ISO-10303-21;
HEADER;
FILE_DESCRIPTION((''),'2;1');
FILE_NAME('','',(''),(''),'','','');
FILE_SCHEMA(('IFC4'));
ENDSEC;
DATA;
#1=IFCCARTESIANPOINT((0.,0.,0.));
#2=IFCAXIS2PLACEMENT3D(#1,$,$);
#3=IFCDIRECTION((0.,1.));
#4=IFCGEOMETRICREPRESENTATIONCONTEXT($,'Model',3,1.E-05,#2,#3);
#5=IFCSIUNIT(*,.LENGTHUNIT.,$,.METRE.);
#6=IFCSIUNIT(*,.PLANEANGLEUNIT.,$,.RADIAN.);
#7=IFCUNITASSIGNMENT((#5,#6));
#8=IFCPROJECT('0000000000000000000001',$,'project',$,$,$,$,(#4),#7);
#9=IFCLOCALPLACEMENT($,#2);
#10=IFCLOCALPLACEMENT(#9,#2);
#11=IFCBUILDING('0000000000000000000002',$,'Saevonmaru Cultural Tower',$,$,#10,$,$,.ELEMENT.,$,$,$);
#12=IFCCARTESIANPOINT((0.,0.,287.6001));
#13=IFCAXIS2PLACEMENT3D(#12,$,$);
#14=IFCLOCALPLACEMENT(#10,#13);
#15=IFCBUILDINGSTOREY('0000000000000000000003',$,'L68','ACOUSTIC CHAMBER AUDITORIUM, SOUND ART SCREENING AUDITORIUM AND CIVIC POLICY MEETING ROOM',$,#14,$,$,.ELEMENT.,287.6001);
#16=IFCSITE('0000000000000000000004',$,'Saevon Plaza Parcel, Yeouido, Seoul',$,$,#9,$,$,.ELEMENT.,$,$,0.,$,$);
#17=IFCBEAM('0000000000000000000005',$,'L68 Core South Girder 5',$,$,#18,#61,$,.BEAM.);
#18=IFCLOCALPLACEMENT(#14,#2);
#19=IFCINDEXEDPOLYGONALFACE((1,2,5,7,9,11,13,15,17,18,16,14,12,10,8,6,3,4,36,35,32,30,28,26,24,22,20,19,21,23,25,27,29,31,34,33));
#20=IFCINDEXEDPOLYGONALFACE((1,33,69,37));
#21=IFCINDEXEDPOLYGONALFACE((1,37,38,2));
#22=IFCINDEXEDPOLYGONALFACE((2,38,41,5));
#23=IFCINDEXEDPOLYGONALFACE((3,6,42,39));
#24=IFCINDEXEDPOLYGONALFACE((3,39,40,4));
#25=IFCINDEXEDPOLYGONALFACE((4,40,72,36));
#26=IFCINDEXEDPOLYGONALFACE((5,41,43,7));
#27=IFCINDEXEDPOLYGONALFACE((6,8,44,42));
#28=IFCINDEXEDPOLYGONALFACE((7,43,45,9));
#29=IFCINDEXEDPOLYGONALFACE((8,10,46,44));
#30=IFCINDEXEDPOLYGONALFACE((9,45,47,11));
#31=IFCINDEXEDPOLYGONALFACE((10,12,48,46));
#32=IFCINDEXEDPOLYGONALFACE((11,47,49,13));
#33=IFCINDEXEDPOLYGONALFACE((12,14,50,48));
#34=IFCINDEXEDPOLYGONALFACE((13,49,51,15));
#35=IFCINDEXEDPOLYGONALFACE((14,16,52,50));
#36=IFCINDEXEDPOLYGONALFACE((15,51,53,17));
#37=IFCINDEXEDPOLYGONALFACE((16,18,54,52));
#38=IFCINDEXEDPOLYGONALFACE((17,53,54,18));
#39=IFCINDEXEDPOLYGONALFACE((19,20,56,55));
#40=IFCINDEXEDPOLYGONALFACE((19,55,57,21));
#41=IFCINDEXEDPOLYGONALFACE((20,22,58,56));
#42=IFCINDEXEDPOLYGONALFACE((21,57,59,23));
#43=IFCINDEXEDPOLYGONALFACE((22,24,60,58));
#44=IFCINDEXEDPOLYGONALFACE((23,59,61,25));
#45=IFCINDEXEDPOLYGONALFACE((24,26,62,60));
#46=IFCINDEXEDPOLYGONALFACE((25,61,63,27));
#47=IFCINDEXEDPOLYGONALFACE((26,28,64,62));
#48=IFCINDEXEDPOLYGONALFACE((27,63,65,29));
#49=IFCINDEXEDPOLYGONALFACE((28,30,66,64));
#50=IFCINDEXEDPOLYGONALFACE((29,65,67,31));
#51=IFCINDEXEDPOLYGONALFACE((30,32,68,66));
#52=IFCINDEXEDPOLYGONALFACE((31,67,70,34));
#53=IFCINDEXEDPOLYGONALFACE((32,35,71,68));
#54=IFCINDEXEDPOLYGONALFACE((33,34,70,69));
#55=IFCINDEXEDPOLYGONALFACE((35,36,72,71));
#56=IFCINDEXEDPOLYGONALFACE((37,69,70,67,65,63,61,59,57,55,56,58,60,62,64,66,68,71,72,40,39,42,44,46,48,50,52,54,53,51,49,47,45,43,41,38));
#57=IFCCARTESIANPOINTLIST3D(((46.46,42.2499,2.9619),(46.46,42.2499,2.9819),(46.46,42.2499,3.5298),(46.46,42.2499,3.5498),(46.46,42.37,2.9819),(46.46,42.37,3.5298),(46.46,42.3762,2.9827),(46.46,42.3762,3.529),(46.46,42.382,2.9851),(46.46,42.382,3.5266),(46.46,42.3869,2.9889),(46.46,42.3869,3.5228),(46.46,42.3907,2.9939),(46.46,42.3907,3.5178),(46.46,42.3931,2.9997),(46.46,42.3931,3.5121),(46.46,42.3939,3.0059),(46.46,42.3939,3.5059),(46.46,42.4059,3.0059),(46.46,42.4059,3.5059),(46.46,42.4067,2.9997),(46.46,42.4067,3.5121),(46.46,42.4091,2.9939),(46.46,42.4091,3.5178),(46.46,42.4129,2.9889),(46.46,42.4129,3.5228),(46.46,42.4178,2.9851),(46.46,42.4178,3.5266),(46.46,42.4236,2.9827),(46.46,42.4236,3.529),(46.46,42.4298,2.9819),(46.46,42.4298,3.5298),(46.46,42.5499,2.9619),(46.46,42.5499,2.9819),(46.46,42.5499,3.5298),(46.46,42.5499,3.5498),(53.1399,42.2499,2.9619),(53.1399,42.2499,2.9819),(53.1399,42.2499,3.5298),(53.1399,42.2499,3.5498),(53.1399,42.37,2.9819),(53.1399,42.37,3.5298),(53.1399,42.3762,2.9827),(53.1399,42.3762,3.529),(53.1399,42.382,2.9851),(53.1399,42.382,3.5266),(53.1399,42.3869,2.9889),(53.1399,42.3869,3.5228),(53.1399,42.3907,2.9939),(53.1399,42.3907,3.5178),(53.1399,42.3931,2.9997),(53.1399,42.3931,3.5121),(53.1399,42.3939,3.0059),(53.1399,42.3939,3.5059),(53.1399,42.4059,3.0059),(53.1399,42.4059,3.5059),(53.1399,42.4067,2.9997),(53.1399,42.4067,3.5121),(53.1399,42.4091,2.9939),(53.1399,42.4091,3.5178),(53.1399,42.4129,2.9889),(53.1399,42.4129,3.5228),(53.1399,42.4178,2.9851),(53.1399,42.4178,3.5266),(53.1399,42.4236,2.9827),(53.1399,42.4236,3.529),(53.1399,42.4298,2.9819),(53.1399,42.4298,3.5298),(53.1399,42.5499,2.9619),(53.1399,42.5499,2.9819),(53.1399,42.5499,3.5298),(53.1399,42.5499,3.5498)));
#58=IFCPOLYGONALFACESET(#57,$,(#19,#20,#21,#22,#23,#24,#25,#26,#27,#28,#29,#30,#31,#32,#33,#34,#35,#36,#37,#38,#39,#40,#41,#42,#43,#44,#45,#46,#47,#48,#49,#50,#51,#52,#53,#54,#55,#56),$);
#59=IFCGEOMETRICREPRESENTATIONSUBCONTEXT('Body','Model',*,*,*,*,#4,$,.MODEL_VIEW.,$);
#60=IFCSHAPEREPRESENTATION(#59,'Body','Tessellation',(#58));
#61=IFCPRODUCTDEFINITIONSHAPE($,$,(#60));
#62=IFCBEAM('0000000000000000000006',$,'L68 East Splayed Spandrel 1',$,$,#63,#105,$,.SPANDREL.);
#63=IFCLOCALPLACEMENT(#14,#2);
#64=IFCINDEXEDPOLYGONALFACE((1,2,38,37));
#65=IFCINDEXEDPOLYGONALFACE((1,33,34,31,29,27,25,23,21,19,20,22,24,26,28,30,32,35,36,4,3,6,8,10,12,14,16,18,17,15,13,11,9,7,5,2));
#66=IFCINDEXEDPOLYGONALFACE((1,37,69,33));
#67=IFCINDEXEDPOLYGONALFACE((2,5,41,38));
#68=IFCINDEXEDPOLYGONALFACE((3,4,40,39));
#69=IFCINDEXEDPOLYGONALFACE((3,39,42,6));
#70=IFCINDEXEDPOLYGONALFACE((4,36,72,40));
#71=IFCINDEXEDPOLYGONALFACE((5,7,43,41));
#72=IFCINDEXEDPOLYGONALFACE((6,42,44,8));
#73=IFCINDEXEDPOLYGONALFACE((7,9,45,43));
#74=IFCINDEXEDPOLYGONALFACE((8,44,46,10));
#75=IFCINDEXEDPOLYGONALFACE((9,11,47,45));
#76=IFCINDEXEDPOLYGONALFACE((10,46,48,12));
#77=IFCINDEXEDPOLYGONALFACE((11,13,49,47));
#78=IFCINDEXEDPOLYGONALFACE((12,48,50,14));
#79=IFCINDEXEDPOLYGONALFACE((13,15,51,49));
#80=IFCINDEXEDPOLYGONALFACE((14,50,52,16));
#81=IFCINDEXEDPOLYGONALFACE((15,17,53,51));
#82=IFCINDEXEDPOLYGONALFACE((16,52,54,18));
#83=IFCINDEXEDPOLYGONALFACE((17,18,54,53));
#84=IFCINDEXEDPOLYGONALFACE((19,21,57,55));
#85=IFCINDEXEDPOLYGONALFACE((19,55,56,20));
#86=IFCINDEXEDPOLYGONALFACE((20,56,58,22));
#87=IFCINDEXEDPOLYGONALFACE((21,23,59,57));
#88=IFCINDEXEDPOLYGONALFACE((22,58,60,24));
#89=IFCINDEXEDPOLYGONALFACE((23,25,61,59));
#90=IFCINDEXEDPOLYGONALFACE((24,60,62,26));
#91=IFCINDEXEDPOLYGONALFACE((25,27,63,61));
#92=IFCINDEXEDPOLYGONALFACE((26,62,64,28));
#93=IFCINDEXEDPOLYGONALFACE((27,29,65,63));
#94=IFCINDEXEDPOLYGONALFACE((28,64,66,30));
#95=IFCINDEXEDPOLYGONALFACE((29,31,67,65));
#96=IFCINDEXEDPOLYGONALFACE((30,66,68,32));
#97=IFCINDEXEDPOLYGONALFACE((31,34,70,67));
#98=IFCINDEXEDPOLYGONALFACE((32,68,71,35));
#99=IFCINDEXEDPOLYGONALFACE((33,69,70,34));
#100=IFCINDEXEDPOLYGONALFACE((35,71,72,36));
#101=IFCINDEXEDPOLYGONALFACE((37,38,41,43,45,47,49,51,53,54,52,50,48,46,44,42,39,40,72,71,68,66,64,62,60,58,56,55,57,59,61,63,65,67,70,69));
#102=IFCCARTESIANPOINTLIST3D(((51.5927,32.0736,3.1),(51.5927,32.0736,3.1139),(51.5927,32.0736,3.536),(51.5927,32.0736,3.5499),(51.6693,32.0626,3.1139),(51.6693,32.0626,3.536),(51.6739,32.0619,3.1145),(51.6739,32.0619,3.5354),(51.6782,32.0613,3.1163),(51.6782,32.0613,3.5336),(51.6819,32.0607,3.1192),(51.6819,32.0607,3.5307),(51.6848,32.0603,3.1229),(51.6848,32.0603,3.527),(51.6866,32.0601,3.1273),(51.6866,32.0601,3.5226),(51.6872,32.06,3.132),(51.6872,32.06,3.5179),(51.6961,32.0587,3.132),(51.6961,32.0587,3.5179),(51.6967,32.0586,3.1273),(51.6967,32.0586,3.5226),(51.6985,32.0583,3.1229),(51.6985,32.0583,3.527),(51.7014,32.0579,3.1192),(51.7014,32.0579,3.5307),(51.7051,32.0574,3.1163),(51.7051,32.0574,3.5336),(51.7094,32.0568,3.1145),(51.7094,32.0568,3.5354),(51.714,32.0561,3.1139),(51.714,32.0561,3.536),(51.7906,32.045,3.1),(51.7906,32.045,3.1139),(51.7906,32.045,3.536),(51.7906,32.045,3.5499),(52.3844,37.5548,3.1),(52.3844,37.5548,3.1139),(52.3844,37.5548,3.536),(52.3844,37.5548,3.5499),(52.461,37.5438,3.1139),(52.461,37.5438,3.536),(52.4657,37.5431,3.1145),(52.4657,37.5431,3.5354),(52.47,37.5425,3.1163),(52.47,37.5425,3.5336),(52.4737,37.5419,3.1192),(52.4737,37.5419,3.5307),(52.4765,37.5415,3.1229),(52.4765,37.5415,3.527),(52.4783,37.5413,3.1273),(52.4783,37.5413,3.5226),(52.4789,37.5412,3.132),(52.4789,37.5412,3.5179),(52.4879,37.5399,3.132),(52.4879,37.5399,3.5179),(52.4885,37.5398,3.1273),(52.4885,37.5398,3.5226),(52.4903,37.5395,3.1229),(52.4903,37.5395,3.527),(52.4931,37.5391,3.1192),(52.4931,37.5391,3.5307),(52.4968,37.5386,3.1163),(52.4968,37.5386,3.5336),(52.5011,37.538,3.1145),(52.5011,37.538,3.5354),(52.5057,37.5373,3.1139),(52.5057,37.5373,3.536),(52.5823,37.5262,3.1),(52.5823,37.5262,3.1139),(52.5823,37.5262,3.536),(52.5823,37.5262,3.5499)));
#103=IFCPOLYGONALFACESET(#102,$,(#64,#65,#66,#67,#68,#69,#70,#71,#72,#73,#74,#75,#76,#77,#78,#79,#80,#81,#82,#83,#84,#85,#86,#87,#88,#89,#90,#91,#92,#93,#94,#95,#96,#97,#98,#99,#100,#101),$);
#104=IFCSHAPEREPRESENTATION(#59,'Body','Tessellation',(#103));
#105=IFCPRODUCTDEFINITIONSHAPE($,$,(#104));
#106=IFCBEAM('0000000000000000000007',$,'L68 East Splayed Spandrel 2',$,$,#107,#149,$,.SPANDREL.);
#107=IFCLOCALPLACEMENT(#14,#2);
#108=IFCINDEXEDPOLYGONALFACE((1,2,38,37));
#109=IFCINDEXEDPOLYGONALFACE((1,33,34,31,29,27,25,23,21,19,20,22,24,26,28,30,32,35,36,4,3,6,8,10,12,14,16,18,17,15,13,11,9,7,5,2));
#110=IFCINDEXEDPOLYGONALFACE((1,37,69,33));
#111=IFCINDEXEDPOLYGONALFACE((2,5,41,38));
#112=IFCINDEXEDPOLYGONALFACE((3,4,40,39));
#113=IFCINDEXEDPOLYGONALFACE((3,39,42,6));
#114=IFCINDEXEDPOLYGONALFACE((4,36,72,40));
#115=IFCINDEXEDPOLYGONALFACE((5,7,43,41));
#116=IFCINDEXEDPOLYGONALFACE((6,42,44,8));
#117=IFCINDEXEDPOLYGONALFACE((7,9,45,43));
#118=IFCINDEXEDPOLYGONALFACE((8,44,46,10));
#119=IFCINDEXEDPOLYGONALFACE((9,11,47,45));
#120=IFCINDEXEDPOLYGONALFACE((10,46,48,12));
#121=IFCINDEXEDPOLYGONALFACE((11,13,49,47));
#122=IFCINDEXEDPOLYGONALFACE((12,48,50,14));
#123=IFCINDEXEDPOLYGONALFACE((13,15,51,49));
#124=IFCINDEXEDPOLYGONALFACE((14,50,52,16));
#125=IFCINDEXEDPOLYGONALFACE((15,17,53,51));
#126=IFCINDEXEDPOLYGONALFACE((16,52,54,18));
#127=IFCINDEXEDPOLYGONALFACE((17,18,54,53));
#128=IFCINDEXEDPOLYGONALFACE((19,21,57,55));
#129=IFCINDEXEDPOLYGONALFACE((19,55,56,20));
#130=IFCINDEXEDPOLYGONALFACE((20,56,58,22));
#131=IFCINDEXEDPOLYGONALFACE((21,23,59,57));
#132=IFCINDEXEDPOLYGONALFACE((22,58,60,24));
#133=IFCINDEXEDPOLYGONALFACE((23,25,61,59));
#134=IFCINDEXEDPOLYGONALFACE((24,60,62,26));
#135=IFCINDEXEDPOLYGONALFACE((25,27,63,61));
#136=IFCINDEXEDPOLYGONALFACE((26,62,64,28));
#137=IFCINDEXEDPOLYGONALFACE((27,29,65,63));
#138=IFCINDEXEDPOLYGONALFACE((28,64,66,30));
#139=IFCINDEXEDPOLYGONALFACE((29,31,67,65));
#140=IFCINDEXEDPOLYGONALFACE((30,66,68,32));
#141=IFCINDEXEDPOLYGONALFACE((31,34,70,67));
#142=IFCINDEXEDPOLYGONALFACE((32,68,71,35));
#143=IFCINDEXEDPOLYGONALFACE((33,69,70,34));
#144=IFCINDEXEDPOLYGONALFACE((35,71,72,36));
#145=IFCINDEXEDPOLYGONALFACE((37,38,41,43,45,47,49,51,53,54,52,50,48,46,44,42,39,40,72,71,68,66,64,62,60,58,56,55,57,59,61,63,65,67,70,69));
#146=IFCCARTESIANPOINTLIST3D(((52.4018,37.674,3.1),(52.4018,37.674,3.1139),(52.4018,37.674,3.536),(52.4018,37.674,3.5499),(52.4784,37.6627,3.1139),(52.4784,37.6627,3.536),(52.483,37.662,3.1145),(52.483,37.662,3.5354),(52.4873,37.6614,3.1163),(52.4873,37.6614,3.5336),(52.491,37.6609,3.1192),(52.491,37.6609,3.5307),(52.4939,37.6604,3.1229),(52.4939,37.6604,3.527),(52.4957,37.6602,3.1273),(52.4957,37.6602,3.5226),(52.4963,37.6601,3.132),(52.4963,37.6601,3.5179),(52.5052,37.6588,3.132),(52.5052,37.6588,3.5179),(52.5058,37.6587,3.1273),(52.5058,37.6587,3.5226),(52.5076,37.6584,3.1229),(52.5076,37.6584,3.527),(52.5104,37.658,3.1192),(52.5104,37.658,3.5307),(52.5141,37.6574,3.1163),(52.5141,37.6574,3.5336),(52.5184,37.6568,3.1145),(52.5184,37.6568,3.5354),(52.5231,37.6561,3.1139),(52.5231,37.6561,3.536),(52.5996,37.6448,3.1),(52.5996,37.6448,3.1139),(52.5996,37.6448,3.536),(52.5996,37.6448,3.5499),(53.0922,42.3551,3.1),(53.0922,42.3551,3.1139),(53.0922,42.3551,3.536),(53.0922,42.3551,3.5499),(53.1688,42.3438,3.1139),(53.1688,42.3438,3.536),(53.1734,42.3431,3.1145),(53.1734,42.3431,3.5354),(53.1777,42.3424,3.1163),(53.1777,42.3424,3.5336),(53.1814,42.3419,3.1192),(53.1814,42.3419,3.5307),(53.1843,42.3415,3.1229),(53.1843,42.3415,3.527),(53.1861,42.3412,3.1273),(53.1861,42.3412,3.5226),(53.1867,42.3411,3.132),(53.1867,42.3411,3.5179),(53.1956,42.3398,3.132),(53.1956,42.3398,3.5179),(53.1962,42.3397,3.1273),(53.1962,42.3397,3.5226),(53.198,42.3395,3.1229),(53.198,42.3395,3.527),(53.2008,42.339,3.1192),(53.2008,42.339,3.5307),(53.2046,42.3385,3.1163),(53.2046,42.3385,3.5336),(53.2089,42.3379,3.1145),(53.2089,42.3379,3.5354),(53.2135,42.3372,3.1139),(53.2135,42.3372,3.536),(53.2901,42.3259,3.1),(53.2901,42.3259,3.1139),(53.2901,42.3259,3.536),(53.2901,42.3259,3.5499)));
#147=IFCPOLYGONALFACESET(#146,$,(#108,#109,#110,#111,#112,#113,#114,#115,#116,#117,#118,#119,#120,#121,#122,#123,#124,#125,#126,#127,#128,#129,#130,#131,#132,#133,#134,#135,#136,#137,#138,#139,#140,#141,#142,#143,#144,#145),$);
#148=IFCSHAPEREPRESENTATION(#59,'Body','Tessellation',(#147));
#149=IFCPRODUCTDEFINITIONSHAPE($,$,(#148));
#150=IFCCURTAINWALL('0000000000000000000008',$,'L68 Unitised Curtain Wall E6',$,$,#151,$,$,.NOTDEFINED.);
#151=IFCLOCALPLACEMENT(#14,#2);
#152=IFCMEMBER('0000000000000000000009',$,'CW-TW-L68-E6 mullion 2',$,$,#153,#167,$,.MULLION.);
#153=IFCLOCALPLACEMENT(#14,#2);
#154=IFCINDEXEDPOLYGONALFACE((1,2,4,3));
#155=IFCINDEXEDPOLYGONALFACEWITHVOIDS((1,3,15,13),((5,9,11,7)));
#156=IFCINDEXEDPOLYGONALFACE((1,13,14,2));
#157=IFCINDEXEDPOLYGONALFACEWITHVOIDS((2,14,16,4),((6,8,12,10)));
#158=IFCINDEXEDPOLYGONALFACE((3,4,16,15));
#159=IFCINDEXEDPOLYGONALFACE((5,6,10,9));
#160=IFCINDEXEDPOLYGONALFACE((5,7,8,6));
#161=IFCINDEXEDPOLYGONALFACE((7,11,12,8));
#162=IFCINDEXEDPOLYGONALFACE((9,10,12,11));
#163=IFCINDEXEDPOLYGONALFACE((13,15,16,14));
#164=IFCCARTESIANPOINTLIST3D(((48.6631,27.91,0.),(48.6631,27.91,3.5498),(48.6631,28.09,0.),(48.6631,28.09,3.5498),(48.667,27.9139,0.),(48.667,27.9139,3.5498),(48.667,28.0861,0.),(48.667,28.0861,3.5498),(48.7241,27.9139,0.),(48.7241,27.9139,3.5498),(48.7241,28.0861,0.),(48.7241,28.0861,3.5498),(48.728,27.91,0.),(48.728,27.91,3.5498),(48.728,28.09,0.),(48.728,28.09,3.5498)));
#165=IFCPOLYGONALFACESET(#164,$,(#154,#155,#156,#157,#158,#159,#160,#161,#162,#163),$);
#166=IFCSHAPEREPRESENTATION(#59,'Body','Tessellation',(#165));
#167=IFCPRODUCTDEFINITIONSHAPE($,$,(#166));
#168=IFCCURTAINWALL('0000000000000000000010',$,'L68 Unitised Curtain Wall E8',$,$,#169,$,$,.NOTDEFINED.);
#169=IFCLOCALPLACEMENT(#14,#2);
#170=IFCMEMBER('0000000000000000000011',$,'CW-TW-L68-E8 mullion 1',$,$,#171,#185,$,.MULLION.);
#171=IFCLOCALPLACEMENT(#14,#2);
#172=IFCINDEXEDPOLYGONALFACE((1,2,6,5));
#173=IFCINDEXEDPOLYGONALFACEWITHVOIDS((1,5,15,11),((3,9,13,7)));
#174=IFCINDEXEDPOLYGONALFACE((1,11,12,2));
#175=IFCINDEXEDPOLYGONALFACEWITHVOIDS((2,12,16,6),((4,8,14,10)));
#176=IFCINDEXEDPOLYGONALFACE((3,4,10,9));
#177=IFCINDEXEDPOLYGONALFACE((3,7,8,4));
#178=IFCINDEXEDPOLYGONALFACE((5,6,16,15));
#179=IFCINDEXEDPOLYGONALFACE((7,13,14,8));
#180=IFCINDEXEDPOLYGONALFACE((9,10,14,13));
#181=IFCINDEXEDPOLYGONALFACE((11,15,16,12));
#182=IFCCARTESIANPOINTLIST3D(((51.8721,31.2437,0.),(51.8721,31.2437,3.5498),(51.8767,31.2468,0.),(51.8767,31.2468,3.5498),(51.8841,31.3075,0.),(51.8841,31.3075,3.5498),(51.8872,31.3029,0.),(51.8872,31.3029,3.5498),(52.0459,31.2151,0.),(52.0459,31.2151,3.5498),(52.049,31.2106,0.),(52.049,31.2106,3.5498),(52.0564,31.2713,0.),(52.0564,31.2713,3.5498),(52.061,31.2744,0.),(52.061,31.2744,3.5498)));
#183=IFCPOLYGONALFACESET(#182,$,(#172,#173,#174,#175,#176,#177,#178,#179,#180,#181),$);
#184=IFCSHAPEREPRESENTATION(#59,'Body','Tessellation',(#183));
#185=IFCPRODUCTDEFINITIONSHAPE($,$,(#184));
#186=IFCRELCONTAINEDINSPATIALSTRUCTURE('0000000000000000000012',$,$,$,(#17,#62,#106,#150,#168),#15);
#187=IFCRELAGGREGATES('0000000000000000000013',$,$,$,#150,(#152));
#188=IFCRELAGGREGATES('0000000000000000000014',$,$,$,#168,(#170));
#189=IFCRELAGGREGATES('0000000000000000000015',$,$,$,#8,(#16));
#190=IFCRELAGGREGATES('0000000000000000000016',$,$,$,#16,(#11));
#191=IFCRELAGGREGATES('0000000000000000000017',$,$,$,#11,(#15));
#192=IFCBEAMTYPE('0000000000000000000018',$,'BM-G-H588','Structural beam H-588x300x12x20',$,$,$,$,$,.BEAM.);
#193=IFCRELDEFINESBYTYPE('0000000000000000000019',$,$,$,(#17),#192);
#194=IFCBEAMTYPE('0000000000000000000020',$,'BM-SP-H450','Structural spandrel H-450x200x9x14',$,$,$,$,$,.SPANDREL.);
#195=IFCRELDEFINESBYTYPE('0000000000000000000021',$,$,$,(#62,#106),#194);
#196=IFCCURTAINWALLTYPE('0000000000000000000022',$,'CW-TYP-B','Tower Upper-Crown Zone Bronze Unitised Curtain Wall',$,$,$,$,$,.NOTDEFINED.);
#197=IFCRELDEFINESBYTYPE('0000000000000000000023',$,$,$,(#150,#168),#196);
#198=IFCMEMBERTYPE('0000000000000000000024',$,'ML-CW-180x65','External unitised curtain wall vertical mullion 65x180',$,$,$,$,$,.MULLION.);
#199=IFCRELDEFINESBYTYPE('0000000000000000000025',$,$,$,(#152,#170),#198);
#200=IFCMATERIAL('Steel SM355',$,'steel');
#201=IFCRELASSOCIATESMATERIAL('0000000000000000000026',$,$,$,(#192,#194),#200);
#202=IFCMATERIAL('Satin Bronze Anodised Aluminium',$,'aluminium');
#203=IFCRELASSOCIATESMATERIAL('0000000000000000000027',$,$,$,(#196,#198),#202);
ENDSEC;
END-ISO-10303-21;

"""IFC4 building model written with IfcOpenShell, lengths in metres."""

from ifc_helpers import new_model, si_unit, direction, frame, origin, origin_2d, place, context, subcontext, project, spatial, hollow_rectangle, i_section, extrude, material, material_profile, profile_set, type_object, element, aggregate, save


model = new_model("IFC4")

# Units and contexts
model_context = context("Model", 3, precision=1e-05, world=origin(), true_north=direction((0.0, 1.0)))
body_context = subcontext(model_context, "Body", "Model", "MODEL_VIEW")
ifc_project = project(units=[si_unit("LENGTHUNIT", "METRE"), si_unit("PLANEANGLEUNIT", "RADIAN")], contexts=[model_context])

# Site, building, storey
site_placement = place(None, origin())
site = spatial("IfcSite", under=ifc_project, at=site_placement, Name="Saevon Plaza Parcel, Yeouido, Seoul", CompositionType="ELEMENT", RefElevation=0.0)
building_placement = place(site_placement, origin())
building = spatial("IfcBuilding", under=site, at=building_placement, Name="Saevonmaru Cultural Tower", CompositionType="ELEMENT")
storey_placement = place(building_placement, frame((0.0, 0.0, 287.6001)))
storey = spatial("IfcBuildingStorey", under=building, at=storey_placement, Name="L68", Description="ACOUSTIC CHAMBER AUDITORIUM, SOUND ART SCREENING AUDITORIUM AND CIVIC POLICY MEETING ROOM", CompositionType="ELEMENT", Elevation=287.6001)

# Shared definitions
ifc_material_1 = material(Name="Steel SM355", Category="steel")

# Beams
ifc_material_profile_1 = material_profile(ifc_material_1, i_section(OverallWidth=0.3, OverallDepth=0.5879, WebThickness=0.012, FlangeThickness=0.02, FilletRadius=0.0239, at=origin_2d()), Name="H-588x300x12x20")
ifc_profile_set_1 = profile_set([ifc_material_profile_1], Name="Steel SM355")
beam_type_1 = type_object("IfcBeamType", Name="BM-G-H588", Description="Structural beam H-588x300x12x20", PredefinedType="BEAM", material=ifc_profile_set_1)
beam_1_placement = place(storey_placement, frame((46.46, 42.3999, 3.2559), z_axis=(1.0, 0.0, 0.0), x_axis=(0.0, 1.0, 0.0)))
element("IfcBeam", 1, at=beam_1_placement, inside=storey, type_object=beam_type_1, Name="L68 Core South Girder 5", PredefinedType="BEAM", context=body_context, shape_type="SweptSolid", body=[
    extrude(i_section(OverallWidth=0.3, OverallDepth=0.5879, WebThickness=0.012, FlangeThickness=0.02, FilletRadius=0.0239, at=origin_2d()), origin(), (0.0, 0.0, 1.0), 6.6799),
])
ifc_material_profile_2 = material_profile(ifc_material_1, i_section(OverallWidth=0.2, OverallDepth=0.45, WebThickness=0.009, FlangeThickness=0.0139, FilletRadius=0.0181, at=origin_2d()), Name="H-450x200x9x14")
ifc_profile_set_2 = profile_set([ifc_material_profile_2], Name="Steel SM355")
beam_type_2 = type_object("IfcBeamType", Name="BM-SP-H450", Description="Structural spandrel H-450x200x9x14", PredefinedType="SPANDREL", material=ifc_profile_set_2)
beam_2_placement = place(storey_placement, frame((51.6917, 32.0593, 3.325), z_axis=(0.142964, 0.989728, 0.0), x_axis=(-0.989728, 0.142964, 0.0)))
element("IfcBeam", 2, at=beam_2_placement, inside=storey, type_object=beam_type_2, Name="L68 East Splayed Spandrel 1", PredefinedType="SPANDREL", context=body_context, shape_type="SweptSolid", body=[
    extrude(i_section(OverallWidth=0.2, OverallDepth=0.45, WebThickness=0.009, FlangeThickness=0.0139, FilletRadius=0.0181, at=origin_2d()), origin(), (0.0, 0.0, 1.0), 5.5381),
])
beam_3_placement = place(storey_placement, frame((52.5007, 37.6594, 3.325), z_axis=(0.145913, 0.989297, 0.0), x_axis=(-0.989297, 0.145913, 0.0)))
element("IfcBeam", 3, at=beam_3_placement, inside=storey, type_object=beam_type_2, Name="L68 East Splayed Spandrel 2", PredefinedType="SPANDREL", context=body_context, shape_type="SweptSolid", body=[
    extrude(i_section(OverallWidth=0.2, OverallDepth=0.45, WebThickness=0.009, FlangeThickness=0.0139, FilletRadius=0.0181, at=origin_2d()), origin(), (0.0, 0.0, 1.0), 4.7317),
])

# Curtain wall, member
ifc_material_2 = material(Name="Satin Bronze Anodised Aluminium", Category="aluminium")
curtain_wall_type = type_object("IfcCurtainWallType", Name="CW-TYP-B", Description="Tower Upper-Crown Zone Bronze Unitised Curtain Wall", PredefinedType="NOTDEFINED", material=ifc_material_2)
curtain_wall_1_placement = place(storey_placement, origin())
curtain_wall_1 = element("IfcCurtainWall", 4, at=curtain_wall_1_placement, inside=storey, type_object=curtain_wall_type, Name="L68 Unitised Curtain Wall E6", PredefinedType="NOTDEFINED")
ifc_material_profile_3 = material_profile(ifc_material_2, hollow_rectangle(XDim=0.0649, YDim=0.1799, WallThickness=0.0039, at=origin_2d()), Name="ALU-MULL-180x65x4")
ifc_profile_set_3 = profile_set([ifc_material_profile_3], Name="Satin Bronze Anodised Aluminium")
member_type_1 = type_object("IfcMemberType", Name="ML-CW-180x65", Description="External unitised curtain wall vertical mullion 65x180", PredefinedType="MULLION", material=ifc_profile_set_3)
member_1_placement = place(storey_placement, frame((48.6956, 28.0, 0.0), z_axis=(0.0, 0.0, 1.0), x_axis=(1.0, 0.0, 0.0)))
member_1 = element("IfcMember", 5, at=member_1_placement, type_object=member_type_1, Name="CW-TW-L68-E6 mullion 2", PredefinedType="MULLION", context=body_context, shape_type="SweptSolid", body=[
    extrude(hollow_rectangle(XDim=0.0649, YDim=0.1799, WallThickness=0.0039, at=origin_2d()), origin(), (0.0, 0.0, 1.0), 3.5498),
])

# Curtain wall, member
curtain_wall_2_placement = place(storey_placement, origin())
curtain_wall_2 = element("IfcCurtainWall", 6, at=curtain_wall_2_placement, inside=storey, type_object=curtain_wall_type, Name="L68 Unitised Curtain Wall E8", PredefinedType="NOTDEFINED")
member_2_placement = place(storey_placement, frame((51.9666, 31.259, 0.0), z_axis=(0.0, 0.0, 1.0), x_axis=(0.184047, 0.982918, 0.0)))
member_2 = element("IfcMember", 7, at=member_2_placement, type_object=member_type_1, Name="CW-TW-L68-E8 mullion 1", PredefinedType="MULLION", context=body_context, shape_type="SweptSolid", body=[
    extrude(hollow_rectangle(XDim=0.0649, YDim=0.1799, WallThickness=0.0039, at=origin_2d()), origin(), (0.0, 0.0, 1.0), 3.5498),
])

aggregate(curtain_wall_1, [member_1])
aggregate(curtain_wall_2, [member_2])

save(model, "model.ifc")
